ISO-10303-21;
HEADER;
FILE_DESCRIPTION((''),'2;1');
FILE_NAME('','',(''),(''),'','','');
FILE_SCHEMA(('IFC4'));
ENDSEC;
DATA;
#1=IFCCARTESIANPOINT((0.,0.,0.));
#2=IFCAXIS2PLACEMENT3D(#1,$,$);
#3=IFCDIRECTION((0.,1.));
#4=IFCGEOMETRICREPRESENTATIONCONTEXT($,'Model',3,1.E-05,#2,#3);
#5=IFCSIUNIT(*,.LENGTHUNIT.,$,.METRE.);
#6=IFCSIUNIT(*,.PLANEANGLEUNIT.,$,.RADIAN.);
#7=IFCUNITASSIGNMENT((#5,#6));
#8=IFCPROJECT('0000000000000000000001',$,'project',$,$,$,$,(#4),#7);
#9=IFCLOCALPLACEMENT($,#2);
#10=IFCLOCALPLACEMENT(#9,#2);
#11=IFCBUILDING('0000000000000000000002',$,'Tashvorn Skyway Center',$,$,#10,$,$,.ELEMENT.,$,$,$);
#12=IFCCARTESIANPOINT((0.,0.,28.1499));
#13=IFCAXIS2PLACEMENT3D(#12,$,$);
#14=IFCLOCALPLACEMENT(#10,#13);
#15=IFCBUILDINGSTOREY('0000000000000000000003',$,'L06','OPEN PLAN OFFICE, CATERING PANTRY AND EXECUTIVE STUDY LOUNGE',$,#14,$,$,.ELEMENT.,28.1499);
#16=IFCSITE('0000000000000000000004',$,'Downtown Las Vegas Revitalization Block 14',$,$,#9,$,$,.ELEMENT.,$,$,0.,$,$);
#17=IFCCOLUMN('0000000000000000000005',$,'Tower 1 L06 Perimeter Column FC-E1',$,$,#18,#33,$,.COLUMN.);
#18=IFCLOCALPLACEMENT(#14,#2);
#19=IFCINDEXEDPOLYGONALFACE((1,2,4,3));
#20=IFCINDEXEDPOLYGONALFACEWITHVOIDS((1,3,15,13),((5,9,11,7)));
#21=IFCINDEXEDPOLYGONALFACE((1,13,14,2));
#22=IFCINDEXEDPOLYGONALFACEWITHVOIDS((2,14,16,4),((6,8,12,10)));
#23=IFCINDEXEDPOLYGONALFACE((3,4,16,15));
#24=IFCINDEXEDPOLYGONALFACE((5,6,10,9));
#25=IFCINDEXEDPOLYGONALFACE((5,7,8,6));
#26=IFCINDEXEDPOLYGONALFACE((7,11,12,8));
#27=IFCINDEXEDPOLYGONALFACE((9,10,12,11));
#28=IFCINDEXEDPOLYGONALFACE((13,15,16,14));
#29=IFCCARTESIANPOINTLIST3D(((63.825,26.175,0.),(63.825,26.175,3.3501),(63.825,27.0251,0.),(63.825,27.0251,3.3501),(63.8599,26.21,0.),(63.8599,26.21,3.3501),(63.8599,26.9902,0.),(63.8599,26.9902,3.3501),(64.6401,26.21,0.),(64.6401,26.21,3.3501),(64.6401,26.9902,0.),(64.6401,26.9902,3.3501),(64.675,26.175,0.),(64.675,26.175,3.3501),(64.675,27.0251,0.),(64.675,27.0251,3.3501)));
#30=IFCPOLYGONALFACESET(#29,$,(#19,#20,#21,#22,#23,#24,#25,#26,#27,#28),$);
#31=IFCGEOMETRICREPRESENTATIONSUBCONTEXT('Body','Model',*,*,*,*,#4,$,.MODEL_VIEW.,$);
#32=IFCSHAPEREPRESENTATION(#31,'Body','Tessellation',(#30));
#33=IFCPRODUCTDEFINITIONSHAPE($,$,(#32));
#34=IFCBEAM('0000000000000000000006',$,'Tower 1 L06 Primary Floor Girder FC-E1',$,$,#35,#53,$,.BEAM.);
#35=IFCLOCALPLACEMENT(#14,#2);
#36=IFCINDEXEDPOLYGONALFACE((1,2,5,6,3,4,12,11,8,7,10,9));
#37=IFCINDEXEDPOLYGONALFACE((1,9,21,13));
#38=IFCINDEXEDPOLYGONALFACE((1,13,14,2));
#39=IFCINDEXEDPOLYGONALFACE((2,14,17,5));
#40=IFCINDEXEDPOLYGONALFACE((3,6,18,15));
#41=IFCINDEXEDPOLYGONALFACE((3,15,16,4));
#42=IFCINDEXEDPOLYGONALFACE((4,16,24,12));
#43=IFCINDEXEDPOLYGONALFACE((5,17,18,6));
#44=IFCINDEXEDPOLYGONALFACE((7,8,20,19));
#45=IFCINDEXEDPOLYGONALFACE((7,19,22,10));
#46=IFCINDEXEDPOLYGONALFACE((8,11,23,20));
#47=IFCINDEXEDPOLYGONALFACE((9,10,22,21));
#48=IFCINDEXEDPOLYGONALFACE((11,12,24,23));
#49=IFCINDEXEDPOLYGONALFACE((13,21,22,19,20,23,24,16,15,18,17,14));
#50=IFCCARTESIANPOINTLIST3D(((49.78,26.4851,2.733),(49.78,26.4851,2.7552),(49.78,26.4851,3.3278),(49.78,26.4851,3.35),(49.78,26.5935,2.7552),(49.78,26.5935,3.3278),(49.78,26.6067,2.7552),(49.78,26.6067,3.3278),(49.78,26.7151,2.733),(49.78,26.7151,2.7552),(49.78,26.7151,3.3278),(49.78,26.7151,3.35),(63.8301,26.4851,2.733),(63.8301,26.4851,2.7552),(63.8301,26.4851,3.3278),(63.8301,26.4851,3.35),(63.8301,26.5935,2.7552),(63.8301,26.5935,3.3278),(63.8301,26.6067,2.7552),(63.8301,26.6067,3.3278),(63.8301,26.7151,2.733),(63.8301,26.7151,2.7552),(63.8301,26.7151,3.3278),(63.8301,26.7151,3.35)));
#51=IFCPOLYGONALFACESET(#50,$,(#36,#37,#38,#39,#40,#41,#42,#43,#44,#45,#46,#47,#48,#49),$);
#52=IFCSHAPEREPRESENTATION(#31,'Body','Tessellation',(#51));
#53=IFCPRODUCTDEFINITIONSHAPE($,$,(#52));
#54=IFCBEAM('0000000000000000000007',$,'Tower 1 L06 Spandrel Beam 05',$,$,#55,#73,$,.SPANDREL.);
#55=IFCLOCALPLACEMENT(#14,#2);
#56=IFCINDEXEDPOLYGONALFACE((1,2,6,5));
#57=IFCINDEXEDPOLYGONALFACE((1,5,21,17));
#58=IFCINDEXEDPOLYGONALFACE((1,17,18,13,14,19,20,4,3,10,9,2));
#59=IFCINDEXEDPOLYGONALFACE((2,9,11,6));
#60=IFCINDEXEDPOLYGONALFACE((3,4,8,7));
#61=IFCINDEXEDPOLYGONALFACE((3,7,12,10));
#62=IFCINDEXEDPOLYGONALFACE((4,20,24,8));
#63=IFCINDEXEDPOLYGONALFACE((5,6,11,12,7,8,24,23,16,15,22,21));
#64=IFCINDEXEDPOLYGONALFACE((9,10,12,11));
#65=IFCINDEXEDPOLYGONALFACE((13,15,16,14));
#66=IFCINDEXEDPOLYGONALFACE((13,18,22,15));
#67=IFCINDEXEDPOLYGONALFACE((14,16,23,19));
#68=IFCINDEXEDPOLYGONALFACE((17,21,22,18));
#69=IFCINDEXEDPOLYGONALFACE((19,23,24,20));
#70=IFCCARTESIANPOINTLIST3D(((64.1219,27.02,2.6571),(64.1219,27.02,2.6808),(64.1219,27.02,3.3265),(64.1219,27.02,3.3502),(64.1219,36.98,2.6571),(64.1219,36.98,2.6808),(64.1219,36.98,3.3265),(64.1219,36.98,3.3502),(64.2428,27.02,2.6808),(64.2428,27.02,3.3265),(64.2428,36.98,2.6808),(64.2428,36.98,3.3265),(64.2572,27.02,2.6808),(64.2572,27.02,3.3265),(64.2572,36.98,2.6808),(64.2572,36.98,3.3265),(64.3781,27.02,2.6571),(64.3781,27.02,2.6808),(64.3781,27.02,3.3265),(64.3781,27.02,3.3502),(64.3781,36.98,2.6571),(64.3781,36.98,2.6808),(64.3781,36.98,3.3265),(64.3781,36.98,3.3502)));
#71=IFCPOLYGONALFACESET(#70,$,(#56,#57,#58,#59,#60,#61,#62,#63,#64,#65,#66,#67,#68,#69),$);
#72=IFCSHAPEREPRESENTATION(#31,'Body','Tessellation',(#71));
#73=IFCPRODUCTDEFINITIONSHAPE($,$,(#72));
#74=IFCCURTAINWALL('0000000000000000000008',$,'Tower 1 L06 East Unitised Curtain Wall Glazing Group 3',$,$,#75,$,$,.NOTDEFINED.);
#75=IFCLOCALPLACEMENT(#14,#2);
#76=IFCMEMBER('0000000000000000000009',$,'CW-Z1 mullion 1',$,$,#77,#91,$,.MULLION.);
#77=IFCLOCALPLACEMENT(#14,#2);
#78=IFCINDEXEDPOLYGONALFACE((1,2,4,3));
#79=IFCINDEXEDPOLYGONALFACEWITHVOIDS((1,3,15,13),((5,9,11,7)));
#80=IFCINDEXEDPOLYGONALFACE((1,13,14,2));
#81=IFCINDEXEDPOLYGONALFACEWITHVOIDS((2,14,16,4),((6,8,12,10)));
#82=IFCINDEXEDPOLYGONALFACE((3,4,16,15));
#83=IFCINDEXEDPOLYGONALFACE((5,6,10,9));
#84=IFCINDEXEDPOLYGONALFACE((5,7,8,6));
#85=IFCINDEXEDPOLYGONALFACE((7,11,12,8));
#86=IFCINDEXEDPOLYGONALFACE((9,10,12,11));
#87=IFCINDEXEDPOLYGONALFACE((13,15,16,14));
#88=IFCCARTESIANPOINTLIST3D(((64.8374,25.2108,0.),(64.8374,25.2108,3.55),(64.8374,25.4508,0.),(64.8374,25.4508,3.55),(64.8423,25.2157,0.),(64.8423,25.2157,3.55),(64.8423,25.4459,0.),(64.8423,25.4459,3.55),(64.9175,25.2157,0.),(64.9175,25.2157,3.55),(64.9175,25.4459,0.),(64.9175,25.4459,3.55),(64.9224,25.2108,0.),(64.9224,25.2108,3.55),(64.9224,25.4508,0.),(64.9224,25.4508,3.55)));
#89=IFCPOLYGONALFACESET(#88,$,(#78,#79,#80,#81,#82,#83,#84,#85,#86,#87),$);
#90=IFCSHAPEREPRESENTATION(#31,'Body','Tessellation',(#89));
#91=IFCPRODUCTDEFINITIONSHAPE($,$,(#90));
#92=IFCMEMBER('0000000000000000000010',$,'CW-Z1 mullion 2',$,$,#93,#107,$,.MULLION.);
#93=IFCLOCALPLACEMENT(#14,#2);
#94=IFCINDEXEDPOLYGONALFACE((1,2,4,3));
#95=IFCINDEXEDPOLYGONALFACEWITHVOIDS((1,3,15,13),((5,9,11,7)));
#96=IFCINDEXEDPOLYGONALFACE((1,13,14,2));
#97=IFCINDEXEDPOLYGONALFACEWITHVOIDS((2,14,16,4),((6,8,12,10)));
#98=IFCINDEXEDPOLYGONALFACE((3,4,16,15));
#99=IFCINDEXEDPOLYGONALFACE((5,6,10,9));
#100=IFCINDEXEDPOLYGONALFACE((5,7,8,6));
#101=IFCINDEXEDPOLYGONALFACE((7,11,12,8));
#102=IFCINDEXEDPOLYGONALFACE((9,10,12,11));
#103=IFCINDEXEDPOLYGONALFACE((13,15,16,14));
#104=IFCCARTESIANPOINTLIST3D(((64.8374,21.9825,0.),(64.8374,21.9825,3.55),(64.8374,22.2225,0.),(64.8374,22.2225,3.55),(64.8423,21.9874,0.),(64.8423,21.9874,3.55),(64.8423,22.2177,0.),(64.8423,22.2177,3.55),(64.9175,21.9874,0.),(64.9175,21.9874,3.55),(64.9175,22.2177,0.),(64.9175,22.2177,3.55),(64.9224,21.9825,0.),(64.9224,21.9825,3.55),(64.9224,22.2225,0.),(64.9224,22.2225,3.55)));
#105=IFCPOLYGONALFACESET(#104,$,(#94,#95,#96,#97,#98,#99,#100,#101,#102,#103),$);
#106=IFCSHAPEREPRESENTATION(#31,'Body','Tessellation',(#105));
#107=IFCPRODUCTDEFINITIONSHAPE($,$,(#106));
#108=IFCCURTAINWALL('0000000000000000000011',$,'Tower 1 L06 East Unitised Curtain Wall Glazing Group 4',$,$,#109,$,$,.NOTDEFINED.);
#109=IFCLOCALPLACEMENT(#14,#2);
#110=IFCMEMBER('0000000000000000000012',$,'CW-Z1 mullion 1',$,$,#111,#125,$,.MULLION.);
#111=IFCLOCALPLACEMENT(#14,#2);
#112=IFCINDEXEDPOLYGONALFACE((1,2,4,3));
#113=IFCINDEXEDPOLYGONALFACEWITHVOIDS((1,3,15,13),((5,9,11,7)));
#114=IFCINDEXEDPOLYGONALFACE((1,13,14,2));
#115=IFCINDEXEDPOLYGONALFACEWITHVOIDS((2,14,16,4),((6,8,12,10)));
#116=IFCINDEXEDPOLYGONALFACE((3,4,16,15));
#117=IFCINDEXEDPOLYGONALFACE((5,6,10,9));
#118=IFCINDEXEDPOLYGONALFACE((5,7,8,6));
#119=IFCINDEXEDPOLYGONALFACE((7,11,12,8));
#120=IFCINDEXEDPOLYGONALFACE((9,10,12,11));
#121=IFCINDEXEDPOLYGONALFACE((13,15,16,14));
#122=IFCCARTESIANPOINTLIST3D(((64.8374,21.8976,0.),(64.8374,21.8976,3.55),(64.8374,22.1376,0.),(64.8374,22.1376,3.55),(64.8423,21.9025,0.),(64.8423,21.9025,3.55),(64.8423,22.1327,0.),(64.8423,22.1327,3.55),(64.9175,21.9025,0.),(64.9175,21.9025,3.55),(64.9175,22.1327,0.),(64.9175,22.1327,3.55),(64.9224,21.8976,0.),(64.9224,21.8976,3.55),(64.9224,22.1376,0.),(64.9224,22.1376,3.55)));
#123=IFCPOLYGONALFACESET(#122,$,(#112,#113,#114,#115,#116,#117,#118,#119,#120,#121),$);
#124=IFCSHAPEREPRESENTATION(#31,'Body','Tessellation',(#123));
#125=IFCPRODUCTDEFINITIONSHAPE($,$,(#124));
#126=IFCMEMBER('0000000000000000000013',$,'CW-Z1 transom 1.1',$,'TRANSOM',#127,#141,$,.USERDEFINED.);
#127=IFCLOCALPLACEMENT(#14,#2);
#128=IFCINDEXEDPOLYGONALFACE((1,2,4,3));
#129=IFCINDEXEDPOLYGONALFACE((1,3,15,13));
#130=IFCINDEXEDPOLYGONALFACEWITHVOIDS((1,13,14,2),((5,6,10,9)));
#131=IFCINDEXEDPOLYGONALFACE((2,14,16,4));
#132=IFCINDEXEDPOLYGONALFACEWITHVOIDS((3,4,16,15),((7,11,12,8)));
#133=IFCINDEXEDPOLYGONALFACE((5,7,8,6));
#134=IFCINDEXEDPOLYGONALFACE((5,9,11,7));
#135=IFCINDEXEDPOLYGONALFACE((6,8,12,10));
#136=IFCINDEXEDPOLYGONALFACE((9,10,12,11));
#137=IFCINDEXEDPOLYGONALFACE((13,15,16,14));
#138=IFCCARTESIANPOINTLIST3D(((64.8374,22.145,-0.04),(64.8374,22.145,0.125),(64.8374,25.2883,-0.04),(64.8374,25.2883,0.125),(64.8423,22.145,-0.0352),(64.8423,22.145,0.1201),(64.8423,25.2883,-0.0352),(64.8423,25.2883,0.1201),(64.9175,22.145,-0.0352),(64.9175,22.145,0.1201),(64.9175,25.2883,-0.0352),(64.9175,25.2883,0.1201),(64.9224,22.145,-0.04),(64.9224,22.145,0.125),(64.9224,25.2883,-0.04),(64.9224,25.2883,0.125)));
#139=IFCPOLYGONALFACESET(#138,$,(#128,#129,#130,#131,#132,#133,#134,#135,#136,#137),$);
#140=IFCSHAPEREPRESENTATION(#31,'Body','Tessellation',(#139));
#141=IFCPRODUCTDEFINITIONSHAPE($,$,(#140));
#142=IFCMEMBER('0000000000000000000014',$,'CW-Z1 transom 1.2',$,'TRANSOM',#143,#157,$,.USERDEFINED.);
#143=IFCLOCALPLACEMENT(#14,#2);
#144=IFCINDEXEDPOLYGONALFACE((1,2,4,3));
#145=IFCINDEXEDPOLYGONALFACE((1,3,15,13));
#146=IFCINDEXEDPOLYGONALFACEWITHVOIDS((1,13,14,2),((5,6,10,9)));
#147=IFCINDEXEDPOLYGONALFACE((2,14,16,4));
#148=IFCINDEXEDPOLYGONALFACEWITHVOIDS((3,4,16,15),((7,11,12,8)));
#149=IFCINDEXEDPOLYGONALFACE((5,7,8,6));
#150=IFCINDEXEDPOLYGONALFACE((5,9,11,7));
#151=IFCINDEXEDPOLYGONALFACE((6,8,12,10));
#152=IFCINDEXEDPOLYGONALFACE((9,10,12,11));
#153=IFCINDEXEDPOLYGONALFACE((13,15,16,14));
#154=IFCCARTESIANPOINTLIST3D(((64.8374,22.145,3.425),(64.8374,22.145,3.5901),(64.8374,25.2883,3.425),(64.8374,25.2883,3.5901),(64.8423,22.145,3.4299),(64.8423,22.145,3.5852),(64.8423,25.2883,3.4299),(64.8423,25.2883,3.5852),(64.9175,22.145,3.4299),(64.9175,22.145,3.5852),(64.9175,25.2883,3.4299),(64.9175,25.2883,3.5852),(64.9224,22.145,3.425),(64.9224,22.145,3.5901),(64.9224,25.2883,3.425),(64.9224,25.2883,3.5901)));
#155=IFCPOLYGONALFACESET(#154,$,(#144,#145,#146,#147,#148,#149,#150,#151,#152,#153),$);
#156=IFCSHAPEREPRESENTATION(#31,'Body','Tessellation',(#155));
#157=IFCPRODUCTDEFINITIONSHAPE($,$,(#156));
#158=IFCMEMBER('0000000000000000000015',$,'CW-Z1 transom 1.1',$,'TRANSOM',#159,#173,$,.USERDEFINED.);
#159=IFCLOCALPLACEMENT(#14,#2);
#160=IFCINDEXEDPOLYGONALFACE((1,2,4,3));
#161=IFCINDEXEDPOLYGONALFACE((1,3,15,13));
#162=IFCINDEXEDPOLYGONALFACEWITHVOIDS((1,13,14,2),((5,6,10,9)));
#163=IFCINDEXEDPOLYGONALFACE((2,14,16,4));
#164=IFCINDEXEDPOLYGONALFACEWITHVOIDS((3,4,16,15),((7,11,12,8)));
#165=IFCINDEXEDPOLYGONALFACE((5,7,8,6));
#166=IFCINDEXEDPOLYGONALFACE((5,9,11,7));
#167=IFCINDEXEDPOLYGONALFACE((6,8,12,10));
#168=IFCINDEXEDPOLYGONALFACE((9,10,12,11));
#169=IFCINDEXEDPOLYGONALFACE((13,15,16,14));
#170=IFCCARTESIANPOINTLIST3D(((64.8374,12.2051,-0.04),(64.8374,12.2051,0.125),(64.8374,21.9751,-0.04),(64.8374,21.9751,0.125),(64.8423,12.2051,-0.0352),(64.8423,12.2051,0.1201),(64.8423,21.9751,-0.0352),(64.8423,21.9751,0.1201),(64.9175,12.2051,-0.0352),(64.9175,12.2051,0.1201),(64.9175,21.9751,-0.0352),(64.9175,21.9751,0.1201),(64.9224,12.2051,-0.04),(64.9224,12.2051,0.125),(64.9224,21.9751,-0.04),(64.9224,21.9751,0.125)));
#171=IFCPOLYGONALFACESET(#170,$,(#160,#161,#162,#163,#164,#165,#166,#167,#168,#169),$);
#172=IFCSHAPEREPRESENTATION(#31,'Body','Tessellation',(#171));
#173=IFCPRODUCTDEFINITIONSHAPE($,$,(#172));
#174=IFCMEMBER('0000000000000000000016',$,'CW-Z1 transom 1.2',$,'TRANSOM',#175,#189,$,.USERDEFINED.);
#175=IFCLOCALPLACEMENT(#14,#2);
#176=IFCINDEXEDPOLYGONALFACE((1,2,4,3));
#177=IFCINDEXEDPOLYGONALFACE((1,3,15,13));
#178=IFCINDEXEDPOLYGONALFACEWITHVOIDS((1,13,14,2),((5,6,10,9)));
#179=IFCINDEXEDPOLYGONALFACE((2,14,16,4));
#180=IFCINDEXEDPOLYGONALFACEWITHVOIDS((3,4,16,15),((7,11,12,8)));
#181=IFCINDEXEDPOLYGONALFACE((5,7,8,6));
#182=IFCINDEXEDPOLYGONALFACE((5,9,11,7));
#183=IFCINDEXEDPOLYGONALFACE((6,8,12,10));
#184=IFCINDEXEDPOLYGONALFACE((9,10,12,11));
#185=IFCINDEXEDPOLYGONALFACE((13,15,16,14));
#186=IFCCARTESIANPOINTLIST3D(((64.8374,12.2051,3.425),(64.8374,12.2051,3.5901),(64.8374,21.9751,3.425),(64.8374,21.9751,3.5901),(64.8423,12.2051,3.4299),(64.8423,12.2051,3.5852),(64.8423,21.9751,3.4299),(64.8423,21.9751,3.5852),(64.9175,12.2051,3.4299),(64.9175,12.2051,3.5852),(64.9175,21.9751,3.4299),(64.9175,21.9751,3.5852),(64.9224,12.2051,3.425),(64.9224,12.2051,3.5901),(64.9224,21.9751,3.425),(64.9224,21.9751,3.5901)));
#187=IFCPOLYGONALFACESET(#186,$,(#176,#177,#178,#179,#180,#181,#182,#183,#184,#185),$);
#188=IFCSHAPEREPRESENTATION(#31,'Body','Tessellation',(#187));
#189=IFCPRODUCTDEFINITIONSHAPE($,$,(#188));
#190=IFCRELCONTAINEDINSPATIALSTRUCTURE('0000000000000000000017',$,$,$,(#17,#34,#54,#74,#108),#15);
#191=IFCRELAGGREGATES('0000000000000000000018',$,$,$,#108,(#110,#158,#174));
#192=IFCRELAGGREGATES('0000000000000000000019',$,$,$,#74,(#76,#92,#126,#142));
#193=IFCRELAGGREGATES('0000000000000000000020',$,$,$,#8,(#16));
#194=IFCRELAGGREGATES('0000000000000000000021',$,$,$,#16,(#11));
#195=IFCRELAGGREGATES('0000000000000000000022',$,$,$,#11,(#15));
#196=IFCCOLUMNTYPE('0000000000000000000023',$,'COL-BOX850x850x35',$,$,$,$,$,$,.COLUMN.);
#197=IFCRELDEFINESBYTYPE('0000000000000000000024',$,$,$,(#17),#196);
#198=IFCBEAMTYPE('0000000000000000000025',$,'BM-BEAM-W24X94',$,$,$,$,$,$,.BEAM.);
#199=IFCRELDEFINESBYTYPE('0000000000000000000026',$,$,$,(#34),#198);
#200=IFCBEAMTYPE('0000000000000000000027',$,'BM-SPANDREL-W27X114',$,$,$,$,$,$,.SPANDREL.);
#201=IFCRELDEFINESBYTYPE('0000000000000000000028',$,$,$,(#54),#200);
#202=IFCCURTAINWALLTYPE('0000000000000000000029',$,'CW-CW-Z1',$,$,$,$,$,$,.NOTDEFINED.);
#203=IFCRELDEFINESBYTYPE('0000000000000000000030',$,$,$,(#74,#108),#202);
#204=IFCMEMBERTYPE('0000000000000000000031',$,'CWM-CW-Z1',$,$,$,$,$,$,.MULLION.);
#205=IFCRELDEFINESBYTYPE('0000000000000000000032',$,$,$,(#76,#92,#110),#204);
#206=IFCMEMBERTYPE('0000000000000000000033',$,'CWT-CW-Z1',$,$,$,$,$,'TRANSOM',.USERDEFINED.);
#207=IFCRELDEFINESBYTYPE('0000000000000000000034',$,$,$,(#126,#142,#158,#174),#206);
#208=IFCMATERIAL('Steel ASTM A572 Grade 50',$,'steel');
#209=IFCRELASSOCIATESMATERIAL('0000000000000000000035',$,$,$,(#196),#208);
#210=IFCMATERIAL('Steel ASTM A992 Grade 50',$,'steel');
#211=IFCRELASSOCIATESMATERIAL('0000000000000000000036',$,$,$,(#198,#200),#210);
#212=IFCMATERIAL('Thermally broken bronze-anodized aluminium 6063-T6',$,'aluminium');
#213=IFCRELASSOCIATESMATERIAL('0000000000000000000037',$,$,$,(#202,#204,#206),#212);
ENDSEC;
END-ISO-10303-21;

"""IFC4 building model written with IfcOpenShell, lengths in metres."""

from ifc_helpers import new_model, si_unit, direction, frame, origin, origin_2d, place, context, subcontext, project, spatial, hollow_rectangle, i_section, extrude, material, material_profile, profile_set, type_object, element, aggregate, save


model = new_model("IFC4")

# Units and contexts
model_context = context("Model", 3, precision=1e-05, world=origin(), true_north=direction((0.0, 1.0)))
body_context = subcontext(model_context, "Body", "Model", "MODEL_VIEW")
ifc_project = project(units=[si_unit("LENGTHUNIT", "METRE"), si_unit("PLANEANGLEUNIT", "RADIAN")], contexts=[model_context])

# Site, building, storey
site_placement = place(None, origin())
site = spatial("IfcSite", under=ifc_project, at=site_placement, Name="Downtown Las Vegas Revitalization Block 14", CompositionType="ELEMENT", RefElevation=0.0)
building_placement = place(site_placement, origin())
building = spatial("IfcBuilding", under=site, at=building_placement, Name="Tashvorn Skyway Center", CompositionType="ELEMENT")
storey_placement = place(building_placement, frame((0.0, 0.0, 28.1499)))
storey = spatial("IfcBuildingStorey", under=building, at=storey_placement, Name="L06", Description="OPEN PLAN OFFICE, CATERING PANTRY AND EXECUTIVE STUDY LOUNGE", CompositionType="ELEMENT", Elevation=28.1499)

# Column
ifc_material_1 = material(Name="Steel ASTM A572 Grade 50", Category="steel")
ifc_material_profile_1 = material_profile(ifc_material_1, hollow_rectangle(XDim=0.8501, YDim=0.8501, WallThickness=0.0349, at=origin_2d()), Name="BOX850x850x35")
ifc_profile_set_1 = profile_set([ifc_material_profile_1], Name="Steel ASTM A572 Grade 50")
column_type = type_object("IfcColumnType", Name="COL-BOX850x850x35", PredefinedType="COLUMN", material=ifc_profile_set_1)
column_placement = place(storey_placement, frame((64.25, 26.6001, 0.0), z_axis=(0.0, 0.0, 1.0), x_axis=(1.0, 0.0, 0.0)))
element("IfcColumn", 1, at=column_placement, inside=storey, type_object=column_type, Name="Tower 1 L06 Perimeter Column FC-E1", PredefinedType="COLUMN", context=body_context, shape_type="SweptSolid", body=[
    extrude(hollow_rectangle(XDim=0.8501, YDim=0.8501, WallThickness=0.0349, at=origin_2d()), origin(), (0.0, 0.0, 1.0), 3.3501),
])

# Beams
ifc_material_2 = material(Name="Steel ASTM A992 Grade 50", Category="steel")
ifc_material_profile_2 = material_profile(ifc_material_2, i_section(OverallWidth=0.23, OverallDepth=0.6169, WebThickness=0.0132, FlangeThickness=0.0222, at=origin_2d()), Name="W24X94")
ifc_profile_set_2 = profile_set([ifc_material_profile_2], Name="Steel ASTM A992 Grade 50")
beam_type_1 = type_object("IfcBeamType", Name="BM-BEAM-W24X94", PredefinedType="BEAM", material=ifc_profile_set_2)
beam_1_placement = place(storey_placement, frame((63.8301, 26.6001, 3.0415), z_axis=(-1.0, 0.0, 0.0), x_axis=(0.0, -1.0, 0.0)))
element("IfcBeam", 2, at=beam_1_placement, inside=storey, type_object=beam_type_1, Name="Tower 1 L06 Primary Floor Girder FC-E1", PredefinedType="BEAM", context=body_context, shape_type="SweptSolid", body=[
    extrude(i_section(OverallWidth=0.23, OverallDepth=0.6169, WebThickness=0.0132, FlangeThickness=0.0222, at=origin_2d()), origin(), (0.0, 0.0, 1.0), 14.05),
])
ifc_material_profile_3 = material_profile(ifc_material_2, i_section(OverallWidth=0.2561, OverallDepth=0.6931, WebThickness=0.0144, FlangeThickness=0.0237, at=origin_2d()), Name="W27X114")
ifc_profile_set_3 = profile_set([ifc_material_profile_3], Name="Steel ASTM A992 Grade 50")
beam_type_2 = type_object("IfcBeamType", Name="BM-SPANDREL-W27X114", PredefinedType="SPANDREL", material=ifc_profile_set_3)
beam_2_placement = place(storey_placement, frame((64.25, 27.02, 3.0037), z_axis=(0.0, 1.0, 0.0), x_axis=(-1.0, 0.0, 0.0)))
element("IfcBeam", 3, at=beam_2_placement, inside=storey, type_object=beam_type_2, Name="Tower 1 L06 Spandrel Beam 05", PredefinedType="SPANDREL", context=body_context, shape_type="SweptSolid", body=[
    extrude(i_section(OverallWidth=0.2561, OverallDepth=0.6931, WebThickness=0.0144, FlangeThickness=0.0237, at=origin_2d()), origin(), (0.0, 0.0, 1.0), 9.96),
])

# Curtain wall, members
ifc_material_3 = material(Name="Thermally broken bronze-anodized aluminium 6063-T6", Category="aluminium")
curtain_wall_type = type_object("IfcCurtainWallType", Name="CW-CW-Z1", PredefinedType="NOTDEFINED", material=ifc_material_3)
curtain_wall_1_placement = place(storey_placement, origin())
curtain_wall_1 = element("IfcCurtainWall", 4, at=curtain_wall_1_placement, inside=storey, type_object=curtain_wall_type, Name="Tower 1 L06 East Unitised Curtain Wall Glazing Group 3", PredefinedType="NOTDEFINED")
ifc_material_profile_4 = material_profile(ifc_material_3, hollow_rectangle(XDim=0.085, YDim=0.24, WallThickness=0.0049, at=origin_2d()), Name="ALU-MULL-85x240")
ifc_profile_set_4 = profile_set([ifc_material_profile_4], Name="Thermally broken bronze-anodized aluminium 6063-T6")
member_type_1 = type_object("IfcMemberType", Name="CWM-CW-Z1", PredefinedType="MULLION", material=ifc_profile_set_4)
member_1_placement = place(storey_placement, frame((64.8799, 25.3308, 0.0), z_axis=(0.0, 0.0, 1.0), x_axis=(1.0, 0.0, 0.0)))
member_1 = element("IfcMember", 5, at=member_1_placement, type_object=member_type_1, Name="CW-Z1 mullion 1", PredefinedType="MULLION", context=body_context, shape_type="SweptSolid", body=[
    extrude(hollow_rectangle(XDim=0.085, YDim=0.24, WallThickness=0.0049, at=origin_2d()), origin(), (0.0, 0.0, 1.0), 3.55),
])
member_2_placement = place(storey_placement, frame((64.8799, 22.1025, 0.0), z_axis=(0.0, 0.0, 1.0), x_axis=(1.0, 0.0, 0.0)))
member_2 = element("IfcMember", 6, at=member_2_placement, type_object=member_type_1, Name="CW-Z1 mullion 2", PredefinedType="MULLION", context=body_context, shape_type="SweptSolid", body=[
    extrude(hollow_rectangle(XDim=0.085, YDim=0.24, WallThickness=0.0049, at=origin_2d()), origin(), (0.0, 0.0, 1.0), 3.55),
])

# Curtain wall, member
curtain_wall_2_placement = place(storey_placement, origin())
curtain_wall_2 = element("IfcCurtainWall", 7, at=curtain_wall_2_placement, inside=storey, type_object=curtain_wall_type, Name="Tower 1 L06 East Unitised Curtain Wall Glazing Group 4", PredefinedType="NOTDEFINED")
member_3_placement = place(storey_placement, frame((64.8799, 22.0176, 0.0), z_axis=(0.0, 0.0, 1.0), x_axis=(1.0, 0.0, 0.0)))
member_3 = element("IfcMember", 8, at=member_3_placement, type_object=member_type_1, Name="CW-Z1 mullion 1", PredefinedType="MULLION", context=body_context, shape_type="SweptSolid", body=[
    extrude(hollow_rectangle(XDim=0.085, YDim=0.24, WallThickness=0.0049, at=origin_2d()), origin(), (0.0, 0.0, 1.0), 3.55),
])

# Members
ifc_material_profile_5 = material_profile(ifc_material_3, hollow_rectangle(XDim=0.085, YDim=0.165, WallThickness=0.0049, at=origin_2d()), Name="ALU-TRAN-85x165")
ifc_profile_set_5 = profile_set([ifc_material_profile_5], Name="Thermally broken bronze-anodized aluminium 6063-T6")
member_type_2 = type_object("IfcMemberType", Name="CWT-CW-Z1", ElementType="TRANSOM", PredefinedType="USERDEFINED", material=ifc_profile_set_5)
member_4_placement = place(storey_placement, frame((64.8799, 25.2883, 0.0425), z_axis=(0.0, -1.0, 0.0), x_axis=(1.0, 0.0, 0.0)))
member_4 = element("IfcMember", 9, at=member_4_placement, type_object=member_type_2, Name="CW-Z1 transom 1.1", ObjectType="TRANSOM", PredefinedType="USERDEFINED", context=body_context, shape_type="SweptSolid", body=[
    extrude(hollow_rectangle(XDim=0.085, YDim=0.165, WallThickness=0.0049, at=origin_2d()), origin(), (0.0, 0.0, 1.0), 3.1433),
])
member_5_placement = place(storey_placement, frame((64.8799, 25.2883, 3.5076), z_axis=(0.0, -1.0, 0.0), x_axis=(1.0, 0.0, 0.0)))
member_5 = element("IfcMember", 10, at=member_5_placement, type_object=member_type_2, Name="CW-Z1 transom 1.2", ObjectType="TRANSOM", PredefinedType="USERDEFINED", context=body_context, shape_type="SweptSolid", body=[
    extrude(hollow_rectangle(XDim=0.085, YDim=0.165, WallThickness=0.0049, at=origin_2d()), origin(), (0.0, 0.0, 1.0), 3.1433),
])
member_6_placement = place(storey_placement, frame((64.8799, 21.9751, 0.0425), z_axis=(0.0, -1.0, 0.0), x_axis=(1.0, 0.0, 0.0)))
member_6 = element("IfcMember", 11, at=member_6_placement, type_object=member_type_2, Name="CW-Z1 transom 1.1", ObjectType="TRANSOM", PredefinedType="USERDEFINED", context=body_context, shape_type="SweptSolid", body=[
    extrude(hollow_rectangle(XDim=0.085, YDim=0.165, WallThickness=0.0049, at=origin_2d()), origin(), (0.0, 0.0, 1.0), 9.77),
])
member_7_placement = place(storey_placement, frame((64.8799, 21.9751, 3.5076), z_axis=(0.0, -1.0, 0.0), x_axis=(1.0, 0.0, 0.0)))
member_7 = element("IfcMember", 12, at=member_7_placement, type_object=member_type_2, Name="CW-Z1 transom 1.2", ObjectType="TRANSOM", PredefinedType="USERDEFINED", context=body_context, shape_type="SweptSolid", body=[
    extrude(hollow_rectangle(XDim=0.085, YDim=0.165, WallThickness=0.0049, at=origin_2d()), origin(), (0.0, 0.0, 1.0), 9.77),
])
aggregate(curtain_wall_2, [member_3, member_6, member_7])

aggregate(curtain_wall_1, [member_1, member_2, member_4, member_5])

save(model, "model.ifc")
